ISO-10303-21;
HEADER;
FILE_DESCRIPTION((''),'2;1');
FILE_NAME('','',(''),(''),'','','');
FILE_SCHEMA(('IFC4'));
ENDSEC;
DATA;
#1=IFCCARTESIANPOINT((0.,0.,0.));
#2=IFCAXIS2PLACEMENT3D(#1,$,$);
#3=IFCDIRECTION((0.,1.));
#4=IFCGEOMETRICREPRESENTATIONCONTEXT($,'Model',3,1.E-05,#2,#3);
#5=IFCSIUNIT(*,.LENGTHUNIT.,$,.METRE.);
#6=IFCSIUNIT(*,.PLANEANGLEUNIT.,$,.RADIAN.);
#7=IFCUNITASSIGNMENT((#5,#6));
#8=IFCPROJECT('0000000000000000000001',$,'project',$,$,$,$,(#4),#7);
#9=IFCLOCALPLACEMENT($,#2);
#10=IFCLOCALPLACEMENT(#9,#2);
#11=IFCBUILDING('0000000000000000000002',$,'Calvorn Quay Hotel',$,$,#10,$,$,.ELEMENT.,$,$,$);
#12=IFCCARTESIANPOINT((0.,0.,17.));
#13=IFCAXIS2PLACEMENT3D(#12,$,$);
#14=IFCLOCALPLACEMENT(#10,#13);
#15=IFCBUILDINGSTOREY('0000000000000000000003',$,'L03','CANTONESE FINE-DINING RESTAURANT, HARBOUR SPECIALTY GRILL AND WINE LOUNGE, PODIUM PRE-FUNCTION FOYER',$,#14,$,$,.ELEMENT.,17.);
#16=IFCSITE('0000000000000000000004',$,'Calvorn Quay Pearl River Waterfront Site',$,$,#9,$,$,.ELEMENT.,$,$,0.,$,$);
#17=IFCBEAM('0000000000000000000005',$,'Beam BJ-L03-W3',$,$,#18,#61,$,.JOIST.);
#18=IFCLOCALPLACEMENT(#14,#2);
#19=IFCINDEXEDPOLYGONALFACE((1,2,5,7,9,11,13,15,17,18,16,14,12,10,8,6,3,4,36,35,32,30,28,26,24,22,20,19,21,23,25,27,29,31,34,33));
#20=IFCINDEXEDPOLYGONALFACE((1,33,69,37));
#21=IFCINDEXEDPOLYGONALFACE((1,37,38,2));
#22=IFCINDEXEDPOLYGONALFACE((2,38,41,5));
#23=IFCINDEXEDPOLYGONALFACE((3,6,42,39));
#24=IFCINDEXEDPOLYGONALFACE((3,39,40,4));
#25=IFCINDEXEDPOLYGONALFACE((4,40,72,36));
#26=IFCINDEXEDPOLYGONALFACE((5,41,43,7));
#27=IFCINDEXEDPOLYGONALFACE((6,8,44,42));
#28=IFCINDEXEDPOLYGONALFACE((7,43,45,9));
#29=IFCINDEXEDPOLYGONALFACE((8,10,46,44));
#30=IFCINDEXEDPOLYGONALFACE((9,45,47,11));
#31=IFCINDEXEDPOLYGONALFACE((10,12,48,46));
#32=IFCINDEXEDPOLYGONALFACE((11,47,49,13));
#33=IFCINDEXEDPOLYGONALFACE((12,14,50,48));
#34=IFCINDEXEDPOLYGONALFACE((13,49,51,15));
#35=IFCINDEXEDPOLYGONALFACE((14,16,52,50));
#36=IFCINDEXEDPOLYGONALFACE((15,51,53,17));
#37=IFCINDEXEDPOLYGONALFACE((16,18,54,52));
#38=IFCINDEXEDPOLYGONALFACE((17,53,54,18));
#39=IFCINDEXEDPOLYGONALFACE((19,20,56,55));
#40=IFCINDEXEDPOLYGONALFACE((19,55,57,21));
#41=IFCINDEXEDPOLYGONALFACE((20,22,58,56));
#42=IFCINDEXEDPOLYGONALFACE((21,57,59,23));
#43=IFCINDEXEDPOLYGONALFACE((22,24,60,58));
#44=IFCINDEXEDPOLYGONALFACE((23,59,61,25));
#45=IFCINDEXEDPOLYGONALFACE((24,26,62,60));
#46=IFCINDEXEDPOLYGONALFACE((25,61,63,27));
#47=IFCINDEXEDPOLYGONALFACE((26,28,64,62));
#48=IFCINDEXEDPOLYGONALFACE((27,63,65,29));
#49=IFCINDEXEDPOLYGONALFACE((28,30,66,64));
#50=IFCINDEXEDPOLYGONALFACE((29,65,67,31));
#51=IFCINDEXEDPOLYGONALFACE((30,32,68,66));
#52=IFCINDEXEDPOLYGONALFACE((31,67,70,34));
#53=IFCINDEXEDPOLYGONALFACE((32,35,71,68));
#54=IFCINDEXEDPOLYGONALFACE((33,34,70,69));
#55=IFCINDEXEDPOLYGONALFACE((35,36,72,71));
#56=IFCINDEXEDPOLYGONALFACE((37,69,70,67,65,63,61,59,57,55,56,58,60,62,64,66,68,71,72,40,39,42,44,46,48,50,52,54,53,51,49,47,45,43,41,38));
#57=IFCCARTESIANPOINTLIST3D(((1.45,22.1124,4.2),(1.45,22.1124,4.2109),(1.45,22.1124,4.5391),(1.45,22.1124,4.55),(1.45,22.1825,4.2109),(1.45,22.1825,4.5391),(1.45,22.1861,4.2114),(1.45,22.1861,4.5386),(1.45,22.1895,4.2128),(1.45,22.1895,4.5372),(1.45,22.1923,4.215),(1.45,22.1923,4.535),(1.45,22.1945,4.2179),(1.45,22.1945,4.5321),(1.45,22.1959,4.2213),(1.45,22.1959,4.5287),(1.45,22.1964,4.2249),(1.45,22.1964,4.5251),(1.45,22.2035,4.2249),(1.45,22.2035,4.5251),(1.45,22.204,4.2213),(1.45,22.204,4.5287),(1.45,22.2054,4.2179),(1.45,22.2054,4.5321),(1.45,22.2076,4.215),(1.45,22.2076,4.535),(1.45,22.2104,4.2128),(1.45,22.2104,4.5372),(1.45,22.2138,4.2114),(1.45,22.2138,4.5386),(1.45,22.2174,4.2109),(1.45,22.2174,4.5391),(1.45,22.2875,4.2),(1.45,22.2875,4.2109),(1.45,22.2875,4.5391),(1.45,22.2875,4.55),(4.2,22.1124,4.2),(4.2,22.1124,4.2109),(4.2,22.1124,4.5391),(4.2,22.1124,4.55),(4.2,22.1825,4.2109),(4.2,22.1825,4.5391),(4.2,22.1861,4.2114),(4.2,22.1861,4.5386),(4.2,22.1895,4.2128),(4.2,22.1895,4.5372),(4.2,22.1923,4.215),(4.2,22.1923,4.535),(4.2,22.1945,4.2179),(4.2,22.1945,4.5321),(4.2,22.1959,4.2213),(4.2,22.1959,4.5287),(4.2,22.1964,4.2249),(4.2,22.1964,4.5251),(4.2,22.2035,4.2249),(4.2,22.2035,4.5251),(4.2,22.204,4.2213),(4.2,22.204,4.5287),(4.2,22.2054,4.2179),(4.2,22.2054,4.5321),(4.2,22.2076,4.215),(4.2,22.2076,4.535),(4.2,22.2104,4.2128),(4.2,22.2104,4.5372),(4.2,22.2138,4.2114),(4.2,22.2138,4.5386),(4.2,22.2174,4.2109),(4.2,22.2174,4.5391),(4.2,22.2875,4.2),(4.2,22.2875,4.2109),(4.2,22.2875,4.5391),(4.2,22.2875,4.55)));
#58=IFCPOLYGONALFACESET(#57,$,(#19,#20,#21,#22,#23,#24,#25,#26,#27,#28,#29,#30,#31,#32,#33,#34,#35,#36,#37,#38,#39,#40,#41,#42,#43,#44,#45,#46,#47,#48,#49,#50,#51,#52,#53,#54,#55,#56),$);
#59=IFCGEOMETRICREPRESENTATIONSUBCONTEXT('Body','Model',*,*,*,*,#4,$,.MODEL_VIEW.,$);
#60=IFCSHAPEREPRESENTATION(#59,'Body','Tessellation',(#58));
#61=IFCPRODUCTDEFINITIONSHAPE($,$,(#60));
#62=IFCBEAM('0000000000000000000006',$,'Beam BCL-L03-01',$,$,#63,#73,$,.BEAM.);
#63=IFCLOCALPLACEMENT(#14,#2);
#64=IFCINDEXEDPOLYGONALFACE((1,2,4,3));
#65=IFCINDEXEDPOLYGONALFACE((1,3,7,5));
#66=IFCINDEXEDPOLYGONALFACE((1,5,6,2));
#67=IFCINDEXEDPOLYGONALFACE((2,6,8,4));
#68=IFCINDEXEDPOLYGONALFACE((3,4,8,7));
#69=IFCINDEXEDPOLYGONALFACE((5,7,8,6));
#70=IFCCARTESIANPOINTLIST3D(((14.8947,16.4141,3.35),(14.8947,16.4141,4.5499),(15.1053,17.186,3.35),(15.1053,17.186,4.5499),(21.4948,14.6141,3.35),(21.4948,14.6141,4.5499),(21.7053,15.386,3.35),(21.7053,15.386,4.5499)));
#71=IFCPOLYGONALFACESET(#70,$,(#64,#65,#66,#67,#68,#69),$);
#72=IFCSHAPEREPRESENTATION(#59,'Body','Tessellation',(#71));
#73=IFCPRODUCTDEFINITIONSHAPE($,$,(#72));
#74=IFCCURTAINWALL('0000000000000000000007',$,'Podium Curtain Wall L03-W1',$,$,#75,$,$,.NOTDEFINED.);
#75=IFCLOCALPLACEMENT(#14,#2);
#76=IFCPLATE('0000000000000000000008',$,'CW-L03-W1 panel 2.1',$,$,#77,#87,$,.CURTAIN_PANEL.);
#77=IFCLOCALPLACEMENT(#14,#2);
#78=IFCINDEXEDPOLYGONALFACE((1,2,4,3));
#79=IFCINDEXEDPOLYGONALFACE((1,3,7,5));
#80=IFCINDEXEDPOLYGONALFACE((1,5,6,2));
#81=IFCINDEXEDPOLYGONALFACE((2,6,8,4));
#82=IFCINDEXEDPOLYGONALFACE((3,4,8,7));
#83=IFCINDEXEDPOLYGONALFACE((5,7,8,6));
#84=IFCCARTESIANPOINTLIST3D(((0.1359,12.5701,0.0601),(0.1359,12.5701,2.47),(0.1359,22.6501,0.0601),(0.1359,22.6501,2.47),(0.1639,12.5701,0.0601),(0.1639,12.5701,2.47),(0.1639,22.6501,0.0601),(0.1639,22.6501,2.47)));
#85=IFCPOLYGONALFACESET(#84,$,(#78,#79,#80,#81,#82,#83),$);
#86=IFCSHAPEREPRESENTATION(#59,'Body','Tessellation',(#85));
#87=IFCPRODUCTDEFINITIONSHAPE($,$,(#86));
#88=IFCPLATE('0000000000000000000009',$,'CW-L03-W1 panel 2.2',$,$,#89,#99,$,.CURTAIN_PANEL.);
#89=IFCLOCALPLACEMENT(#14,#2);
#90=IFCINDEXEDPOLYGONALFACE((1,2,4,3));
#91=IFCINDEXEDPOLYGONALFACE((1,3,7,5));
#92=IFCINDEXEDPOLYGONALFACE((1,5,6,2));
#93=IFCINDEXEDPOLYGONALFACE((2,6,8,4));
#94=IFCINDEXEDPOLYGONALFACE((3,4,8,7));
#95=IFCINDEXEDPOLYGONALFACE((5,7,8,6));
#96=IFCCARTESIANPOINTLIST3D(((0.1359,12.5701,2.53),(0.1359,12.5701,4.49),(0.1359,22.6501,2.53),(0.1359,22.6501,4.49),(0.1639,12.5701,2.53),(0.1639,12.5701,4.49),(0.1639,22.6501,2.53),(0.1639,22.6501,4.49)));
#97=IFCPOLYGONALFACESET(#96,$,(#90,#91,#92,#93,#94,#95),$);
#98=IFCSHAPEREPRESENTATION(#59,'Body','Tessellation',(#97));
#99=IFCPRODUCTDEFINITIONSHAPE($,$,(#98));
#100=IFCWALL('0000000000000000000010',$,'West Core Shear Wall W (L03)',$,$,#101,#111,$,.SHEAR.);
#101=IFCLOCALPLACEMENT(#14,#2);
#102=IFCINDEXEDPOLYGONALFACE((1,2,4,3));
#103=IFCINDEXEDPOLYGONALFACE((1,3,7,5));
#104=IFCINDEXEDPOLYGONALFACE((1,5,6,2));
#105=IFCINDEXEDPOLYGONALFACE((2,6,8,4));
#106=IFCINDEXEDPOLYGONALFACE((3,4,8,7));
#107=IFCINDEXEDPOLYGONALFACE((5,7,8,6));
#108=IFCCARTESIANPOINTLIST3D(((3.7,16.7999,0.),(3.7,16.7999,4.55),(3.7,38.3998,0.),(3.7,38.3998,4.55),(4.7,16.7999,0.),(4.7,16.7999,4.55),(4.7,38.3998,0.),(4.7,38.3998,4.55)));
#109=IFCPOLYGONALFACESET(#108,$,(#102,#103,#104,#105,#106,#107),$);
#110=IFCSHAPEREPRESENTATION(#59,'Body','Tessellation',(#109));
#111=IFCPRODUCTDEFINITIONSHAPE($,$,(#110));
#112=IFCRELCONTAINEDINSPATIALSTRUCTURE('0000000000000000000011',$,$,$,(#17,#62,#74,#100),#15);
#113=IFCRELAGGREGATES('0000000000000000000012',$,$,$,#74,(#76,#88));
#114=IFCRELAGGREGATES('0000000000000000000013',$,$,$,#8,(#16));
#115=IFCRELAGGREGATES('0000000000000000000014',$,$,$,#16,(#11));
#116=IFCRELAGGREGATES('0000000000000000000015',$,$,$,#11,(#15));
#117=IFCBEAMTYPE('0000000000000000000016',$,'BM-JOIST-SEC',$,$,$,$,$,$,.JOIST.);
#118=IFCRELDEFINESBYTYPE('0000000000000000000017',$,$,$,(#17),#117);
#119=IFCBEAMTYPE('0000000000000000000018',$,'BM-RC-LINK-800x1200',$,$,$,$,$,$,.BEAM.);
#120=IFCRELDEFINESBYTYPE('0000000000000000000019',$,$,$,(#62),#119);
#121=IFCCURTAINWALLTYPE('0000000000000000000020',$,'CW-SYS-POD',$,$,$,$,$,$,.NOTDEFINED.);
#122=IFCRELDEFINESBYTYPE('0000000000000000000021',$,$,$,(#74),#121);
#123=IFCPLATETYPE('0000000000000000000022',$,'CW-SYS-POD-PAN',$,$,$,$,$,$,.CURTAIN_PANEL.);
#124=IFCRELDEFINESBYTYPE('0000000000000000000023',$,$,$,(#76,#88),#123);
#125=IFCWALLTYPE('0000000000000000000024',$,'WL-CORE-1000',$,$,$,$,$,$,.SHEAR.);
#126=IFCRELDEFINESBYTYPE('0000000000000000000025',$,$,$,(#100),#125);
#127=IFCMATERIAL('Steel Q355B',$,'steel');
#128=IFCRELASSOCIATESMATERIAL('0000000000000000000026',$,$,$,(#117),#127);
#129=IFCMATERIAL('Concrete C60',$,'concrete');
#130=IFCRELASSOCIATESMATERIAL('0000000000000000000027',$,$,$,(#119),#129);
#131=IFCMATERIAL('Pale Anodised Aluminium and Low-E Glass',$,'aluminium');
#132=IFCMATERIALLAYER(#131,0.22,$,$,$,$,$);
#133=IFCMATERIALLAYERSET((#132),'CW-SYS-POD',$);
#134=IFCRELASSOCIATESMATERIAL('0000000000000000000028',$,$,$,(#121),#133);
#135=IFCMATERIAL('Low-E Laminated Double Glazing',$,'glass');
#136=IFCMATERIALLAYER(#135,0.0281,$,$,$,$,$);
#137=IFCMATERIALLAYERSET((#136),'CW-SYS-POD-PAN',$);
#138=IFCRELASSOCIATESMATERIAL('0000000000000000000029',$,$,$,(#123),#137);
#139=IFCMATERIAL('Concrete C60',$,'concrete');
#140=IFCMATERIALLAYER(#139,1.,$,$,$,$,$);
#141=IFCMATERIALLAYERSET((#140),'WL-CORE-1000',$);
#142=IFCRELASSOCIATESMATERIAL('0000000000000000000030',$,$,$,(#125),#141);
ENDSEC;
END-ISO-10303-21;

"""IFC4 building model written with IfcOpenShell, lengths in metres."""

from ifc_helpers import new_model, si_unit, direction, frame, frame_2d, origin, origin_2d, place, context, subcontext, project, spatial, rectangle, i_section, extrude, material, layer, layer_set, material_profile, profile_set, type_object, element, aggregate, save


model = new_model("IFC4")

# Units and contexts
model_context = context("Model", 3, precision=1e-05, world=origin(), true_north=direction((0.0, 1.0)))
body_context = subcontext(model_context, "Body", "Model", "MODEL_VIEW")
ifc_project = project(units=[si_unit("LENGTHUNIT", "METRE"), si_unit("PLANEANGLEUNIT", "RADIAN")], contexts=[model_context])

# Site, building, storey
site_placement = place(None, origin())
site = spatial("IfcSite", under=ifc_project, at=site_placement, Name="Calvorn Quay Pearl River Waterfront Site", CompositionType="ELEMENT", RefElevation=0.0)
building_placement = place(site_placement, origin())
building = spatial("IfcBuilding", under=site, at=building_placement, Name="Calvorn Quay Hotel", CompositionType="ELEMENT")
storey_placement = place(building_placement, frame((0.0, 0.0, 17.0)))
storey = spatial("IfcBuildingStorey", under=building, at=storey_placement, Name="L03", Description="CANTONESE FINE-DINING RESTAURANT, HARBOUR SPECIALTY GRILL AND WINE LOUNGE, PODIUM PRE-FUNCTION FOYER", CompositionType="ELEMENT", Elevation=17.0)

# Beams
ifc_material_1 = material(Name="Steel Q355B", Category="steel")
ifc_material_profile_1 = material_profile(ifc_material_1, i_section(OverallWidth=0.175, OverallDepth=0.3501, WebThickness=0.0071, FlangeThickness=0.011, FilletRadius=0.0139, at=origin_2d()), Name="HN350x175x7x11")
ifc_profile_set_1 = profile_set([ifc_material_profile_1], Name="Steel Q355B")
beam_type_1 = type_object("IfcBeamType", Name="BM-JOIST-SEC", PredefinedType="JOIST", material=ifc_profile_set_1)
beam_1_placement = place(storey_placement, frame((1.45, 22.2, 4.375), z_axis=(1.0, 0.0, 0.0), x_axis=(0.0, 1.0, 0.0)))
element("IfcBeam", 1, at=beam_1_placement, inside=storey, type_object=beam_type_1, Name="Beam BJ-L03-W3", PredefinedType="JOIST", context=body_context, shape_type="SweptSolid", body=[
    extrude(i_section(OverallWidth=0.175, OverallDepth=0.3501, WebThickness=0.0071, FlangeThickness=0.011, FilletRadius=0.0139, at=origin_2d()), origin(), (0.0, 0.0, 1.0), 2.75),
])
ifc_material_2 = material(Name="Concrete C60", Category="concrete")
ifc_material_profile_2 = material_profile(ifc_material_2, rectangle(XDim=0.8, YDim=1.2, at=origin_2d()), Name="RCB800x1200")
ifc_profile_set_2 = profile_set([ifc_material_profile_2], Name="Concrete C60")
beam_type_2 = type_object("IfcBeamType", Name="BM-RC-LINK-800x1200", PredefinedType="BEAM", material=ifc_profile_set_2)
beam_2_placement = place(storey_placement, frame((15.0, 16.8, 3.95), z_axis=(0.964763, -0.26312, 0.0), x_axis=(0.26312, 0.964763, 0.0)))
element("IfcBeam", 2, at=beam_2_placement, inside=storey, type_object=beam_type_2, Name="Beam BCL-L03-01", PredefinedType="BEAM", context=body_context, shape_type="SweptSolid", body=[
    extrude(rectangle(XDim=0.8, YDim=1.2, at=origin_2d()), origin(), (0.0, 0.0, 1.0), 6.8411),
])

# Curtain wall, plates
ifc_material_3 = material(Name="Pale Anodised Aluminium and Low-E Glass", Category="aluminium")
ifc_layer_1 = layer(ifc_material_3, 0.22)
ifc_layer_set_1 = layer_set([ifc_layer_1], Name="CW-SYS-POD")
curtain_wall_type = type_object("IfcCurtainWallType", Name="CW-SYS-POD", PredefinedType="NOTDEFINED", material=ifc_layer_set_1)
curtain_wall_placement = place(storey_placement, origin())
curtain_wall = element("IfcCurtainWall", 3, at=curtain_wall_placement, inside=storey, type_object=curtain_wall_type, Name="Podium Curtain Wall L03-W1", PredefinedType="NOTDEFINED")
ifc_material_4 = material(Name="Low-E Laminated Double Glazing", Category="glass")
ifc_layer_2 = layer(ifc_material_4, 0.0281)
ifc_layer_set_2 = layer_set([ifc_layer_2], Name="CW-SYS-POD-PAN")
plate_type = type_object("IfcPlateType", Name="CW-SYS-POD-PAN", PredefinedType="CURTAIN_PANEL", material=ifc_layer_set_2)
plate_1_placement = place(storey_placement, frame((0.1499, 17.6101, 0.0601), z_axis=(0.0, 0.0, 1.0), x_axis=(0.0, 1.0, 0.0)))
plate_1 = element("IfcPlate", 4, at=plate_1_placement, type_object=plate_type, Name="CW-L03-W1 panel 2.1", PredefinedType="CURTAIN_PANEL", context=body_context, shape_type="SweptSolid", body=[
    extrude(rectangle(XDim=10.0801, YDim=0.0281, at=origin_2d()), origin(), (0.0, 0.0, 1.0), 2.4099),
])
plate_2_placement = place(storey_placement, frame((0.1499, 17.6101, 2.53), z_axis=(0.0, 0.0, 1.0), x_axis=(0.0, 1.0, 0.0)))
plate_2 = element("IfcPlate", 5, at=plate_2_placement, type_object=plate_type, Name="CW-L03-W1 panel 2.2", PredefinedType="CURTAIN_PANEL", context=body_context, shape_type="SweptSolid", body=[
    extrude(rectangle(XDim=10.0801, YDim=0.0281, at=origin_2d()), origin(), (0.0, 0.0, 1.0), 1.96),
])
aggregate(curtain_wall, [plate_1, plate_2])

# Wall
ifc_material_5 = material(Name="Concrete C60", Category="concrete")
ifc_layer_3 = layer(ifc_material_5, 1.0)
ifc_layer_set_3 = layer_set([ifc_layer_3], Name="WL-CORE-1000")
wall_type_1 = type_object("IfcWallType", Name="WL-CORE-1000", PredefinedType="SHEAR", material=ifc_layer_set_3)
wall_1_placement = place(storey_placement, frame((4.2, 16.8, 0.0), z_axis=(0.0, 0.0, 1.0), x_axis=(0.0, 1.0, 0.0)))
element("IfcWall", 6, at=wall_1_placement, inside=storey, type_object=wall_type_1, Name="West Core Shear Wall W (L03)", PredefinedType="SHEAR", context=body_context, shape_type="SweptSolid", body=[
    extrude(rectangle(XDim=21.5999, YDim=1.0, at=frame_2d((10.7998, 0.0))), origin(), (0.0, 0.0, 1.0), 4.55),
])

save(model, "model.ifc")
